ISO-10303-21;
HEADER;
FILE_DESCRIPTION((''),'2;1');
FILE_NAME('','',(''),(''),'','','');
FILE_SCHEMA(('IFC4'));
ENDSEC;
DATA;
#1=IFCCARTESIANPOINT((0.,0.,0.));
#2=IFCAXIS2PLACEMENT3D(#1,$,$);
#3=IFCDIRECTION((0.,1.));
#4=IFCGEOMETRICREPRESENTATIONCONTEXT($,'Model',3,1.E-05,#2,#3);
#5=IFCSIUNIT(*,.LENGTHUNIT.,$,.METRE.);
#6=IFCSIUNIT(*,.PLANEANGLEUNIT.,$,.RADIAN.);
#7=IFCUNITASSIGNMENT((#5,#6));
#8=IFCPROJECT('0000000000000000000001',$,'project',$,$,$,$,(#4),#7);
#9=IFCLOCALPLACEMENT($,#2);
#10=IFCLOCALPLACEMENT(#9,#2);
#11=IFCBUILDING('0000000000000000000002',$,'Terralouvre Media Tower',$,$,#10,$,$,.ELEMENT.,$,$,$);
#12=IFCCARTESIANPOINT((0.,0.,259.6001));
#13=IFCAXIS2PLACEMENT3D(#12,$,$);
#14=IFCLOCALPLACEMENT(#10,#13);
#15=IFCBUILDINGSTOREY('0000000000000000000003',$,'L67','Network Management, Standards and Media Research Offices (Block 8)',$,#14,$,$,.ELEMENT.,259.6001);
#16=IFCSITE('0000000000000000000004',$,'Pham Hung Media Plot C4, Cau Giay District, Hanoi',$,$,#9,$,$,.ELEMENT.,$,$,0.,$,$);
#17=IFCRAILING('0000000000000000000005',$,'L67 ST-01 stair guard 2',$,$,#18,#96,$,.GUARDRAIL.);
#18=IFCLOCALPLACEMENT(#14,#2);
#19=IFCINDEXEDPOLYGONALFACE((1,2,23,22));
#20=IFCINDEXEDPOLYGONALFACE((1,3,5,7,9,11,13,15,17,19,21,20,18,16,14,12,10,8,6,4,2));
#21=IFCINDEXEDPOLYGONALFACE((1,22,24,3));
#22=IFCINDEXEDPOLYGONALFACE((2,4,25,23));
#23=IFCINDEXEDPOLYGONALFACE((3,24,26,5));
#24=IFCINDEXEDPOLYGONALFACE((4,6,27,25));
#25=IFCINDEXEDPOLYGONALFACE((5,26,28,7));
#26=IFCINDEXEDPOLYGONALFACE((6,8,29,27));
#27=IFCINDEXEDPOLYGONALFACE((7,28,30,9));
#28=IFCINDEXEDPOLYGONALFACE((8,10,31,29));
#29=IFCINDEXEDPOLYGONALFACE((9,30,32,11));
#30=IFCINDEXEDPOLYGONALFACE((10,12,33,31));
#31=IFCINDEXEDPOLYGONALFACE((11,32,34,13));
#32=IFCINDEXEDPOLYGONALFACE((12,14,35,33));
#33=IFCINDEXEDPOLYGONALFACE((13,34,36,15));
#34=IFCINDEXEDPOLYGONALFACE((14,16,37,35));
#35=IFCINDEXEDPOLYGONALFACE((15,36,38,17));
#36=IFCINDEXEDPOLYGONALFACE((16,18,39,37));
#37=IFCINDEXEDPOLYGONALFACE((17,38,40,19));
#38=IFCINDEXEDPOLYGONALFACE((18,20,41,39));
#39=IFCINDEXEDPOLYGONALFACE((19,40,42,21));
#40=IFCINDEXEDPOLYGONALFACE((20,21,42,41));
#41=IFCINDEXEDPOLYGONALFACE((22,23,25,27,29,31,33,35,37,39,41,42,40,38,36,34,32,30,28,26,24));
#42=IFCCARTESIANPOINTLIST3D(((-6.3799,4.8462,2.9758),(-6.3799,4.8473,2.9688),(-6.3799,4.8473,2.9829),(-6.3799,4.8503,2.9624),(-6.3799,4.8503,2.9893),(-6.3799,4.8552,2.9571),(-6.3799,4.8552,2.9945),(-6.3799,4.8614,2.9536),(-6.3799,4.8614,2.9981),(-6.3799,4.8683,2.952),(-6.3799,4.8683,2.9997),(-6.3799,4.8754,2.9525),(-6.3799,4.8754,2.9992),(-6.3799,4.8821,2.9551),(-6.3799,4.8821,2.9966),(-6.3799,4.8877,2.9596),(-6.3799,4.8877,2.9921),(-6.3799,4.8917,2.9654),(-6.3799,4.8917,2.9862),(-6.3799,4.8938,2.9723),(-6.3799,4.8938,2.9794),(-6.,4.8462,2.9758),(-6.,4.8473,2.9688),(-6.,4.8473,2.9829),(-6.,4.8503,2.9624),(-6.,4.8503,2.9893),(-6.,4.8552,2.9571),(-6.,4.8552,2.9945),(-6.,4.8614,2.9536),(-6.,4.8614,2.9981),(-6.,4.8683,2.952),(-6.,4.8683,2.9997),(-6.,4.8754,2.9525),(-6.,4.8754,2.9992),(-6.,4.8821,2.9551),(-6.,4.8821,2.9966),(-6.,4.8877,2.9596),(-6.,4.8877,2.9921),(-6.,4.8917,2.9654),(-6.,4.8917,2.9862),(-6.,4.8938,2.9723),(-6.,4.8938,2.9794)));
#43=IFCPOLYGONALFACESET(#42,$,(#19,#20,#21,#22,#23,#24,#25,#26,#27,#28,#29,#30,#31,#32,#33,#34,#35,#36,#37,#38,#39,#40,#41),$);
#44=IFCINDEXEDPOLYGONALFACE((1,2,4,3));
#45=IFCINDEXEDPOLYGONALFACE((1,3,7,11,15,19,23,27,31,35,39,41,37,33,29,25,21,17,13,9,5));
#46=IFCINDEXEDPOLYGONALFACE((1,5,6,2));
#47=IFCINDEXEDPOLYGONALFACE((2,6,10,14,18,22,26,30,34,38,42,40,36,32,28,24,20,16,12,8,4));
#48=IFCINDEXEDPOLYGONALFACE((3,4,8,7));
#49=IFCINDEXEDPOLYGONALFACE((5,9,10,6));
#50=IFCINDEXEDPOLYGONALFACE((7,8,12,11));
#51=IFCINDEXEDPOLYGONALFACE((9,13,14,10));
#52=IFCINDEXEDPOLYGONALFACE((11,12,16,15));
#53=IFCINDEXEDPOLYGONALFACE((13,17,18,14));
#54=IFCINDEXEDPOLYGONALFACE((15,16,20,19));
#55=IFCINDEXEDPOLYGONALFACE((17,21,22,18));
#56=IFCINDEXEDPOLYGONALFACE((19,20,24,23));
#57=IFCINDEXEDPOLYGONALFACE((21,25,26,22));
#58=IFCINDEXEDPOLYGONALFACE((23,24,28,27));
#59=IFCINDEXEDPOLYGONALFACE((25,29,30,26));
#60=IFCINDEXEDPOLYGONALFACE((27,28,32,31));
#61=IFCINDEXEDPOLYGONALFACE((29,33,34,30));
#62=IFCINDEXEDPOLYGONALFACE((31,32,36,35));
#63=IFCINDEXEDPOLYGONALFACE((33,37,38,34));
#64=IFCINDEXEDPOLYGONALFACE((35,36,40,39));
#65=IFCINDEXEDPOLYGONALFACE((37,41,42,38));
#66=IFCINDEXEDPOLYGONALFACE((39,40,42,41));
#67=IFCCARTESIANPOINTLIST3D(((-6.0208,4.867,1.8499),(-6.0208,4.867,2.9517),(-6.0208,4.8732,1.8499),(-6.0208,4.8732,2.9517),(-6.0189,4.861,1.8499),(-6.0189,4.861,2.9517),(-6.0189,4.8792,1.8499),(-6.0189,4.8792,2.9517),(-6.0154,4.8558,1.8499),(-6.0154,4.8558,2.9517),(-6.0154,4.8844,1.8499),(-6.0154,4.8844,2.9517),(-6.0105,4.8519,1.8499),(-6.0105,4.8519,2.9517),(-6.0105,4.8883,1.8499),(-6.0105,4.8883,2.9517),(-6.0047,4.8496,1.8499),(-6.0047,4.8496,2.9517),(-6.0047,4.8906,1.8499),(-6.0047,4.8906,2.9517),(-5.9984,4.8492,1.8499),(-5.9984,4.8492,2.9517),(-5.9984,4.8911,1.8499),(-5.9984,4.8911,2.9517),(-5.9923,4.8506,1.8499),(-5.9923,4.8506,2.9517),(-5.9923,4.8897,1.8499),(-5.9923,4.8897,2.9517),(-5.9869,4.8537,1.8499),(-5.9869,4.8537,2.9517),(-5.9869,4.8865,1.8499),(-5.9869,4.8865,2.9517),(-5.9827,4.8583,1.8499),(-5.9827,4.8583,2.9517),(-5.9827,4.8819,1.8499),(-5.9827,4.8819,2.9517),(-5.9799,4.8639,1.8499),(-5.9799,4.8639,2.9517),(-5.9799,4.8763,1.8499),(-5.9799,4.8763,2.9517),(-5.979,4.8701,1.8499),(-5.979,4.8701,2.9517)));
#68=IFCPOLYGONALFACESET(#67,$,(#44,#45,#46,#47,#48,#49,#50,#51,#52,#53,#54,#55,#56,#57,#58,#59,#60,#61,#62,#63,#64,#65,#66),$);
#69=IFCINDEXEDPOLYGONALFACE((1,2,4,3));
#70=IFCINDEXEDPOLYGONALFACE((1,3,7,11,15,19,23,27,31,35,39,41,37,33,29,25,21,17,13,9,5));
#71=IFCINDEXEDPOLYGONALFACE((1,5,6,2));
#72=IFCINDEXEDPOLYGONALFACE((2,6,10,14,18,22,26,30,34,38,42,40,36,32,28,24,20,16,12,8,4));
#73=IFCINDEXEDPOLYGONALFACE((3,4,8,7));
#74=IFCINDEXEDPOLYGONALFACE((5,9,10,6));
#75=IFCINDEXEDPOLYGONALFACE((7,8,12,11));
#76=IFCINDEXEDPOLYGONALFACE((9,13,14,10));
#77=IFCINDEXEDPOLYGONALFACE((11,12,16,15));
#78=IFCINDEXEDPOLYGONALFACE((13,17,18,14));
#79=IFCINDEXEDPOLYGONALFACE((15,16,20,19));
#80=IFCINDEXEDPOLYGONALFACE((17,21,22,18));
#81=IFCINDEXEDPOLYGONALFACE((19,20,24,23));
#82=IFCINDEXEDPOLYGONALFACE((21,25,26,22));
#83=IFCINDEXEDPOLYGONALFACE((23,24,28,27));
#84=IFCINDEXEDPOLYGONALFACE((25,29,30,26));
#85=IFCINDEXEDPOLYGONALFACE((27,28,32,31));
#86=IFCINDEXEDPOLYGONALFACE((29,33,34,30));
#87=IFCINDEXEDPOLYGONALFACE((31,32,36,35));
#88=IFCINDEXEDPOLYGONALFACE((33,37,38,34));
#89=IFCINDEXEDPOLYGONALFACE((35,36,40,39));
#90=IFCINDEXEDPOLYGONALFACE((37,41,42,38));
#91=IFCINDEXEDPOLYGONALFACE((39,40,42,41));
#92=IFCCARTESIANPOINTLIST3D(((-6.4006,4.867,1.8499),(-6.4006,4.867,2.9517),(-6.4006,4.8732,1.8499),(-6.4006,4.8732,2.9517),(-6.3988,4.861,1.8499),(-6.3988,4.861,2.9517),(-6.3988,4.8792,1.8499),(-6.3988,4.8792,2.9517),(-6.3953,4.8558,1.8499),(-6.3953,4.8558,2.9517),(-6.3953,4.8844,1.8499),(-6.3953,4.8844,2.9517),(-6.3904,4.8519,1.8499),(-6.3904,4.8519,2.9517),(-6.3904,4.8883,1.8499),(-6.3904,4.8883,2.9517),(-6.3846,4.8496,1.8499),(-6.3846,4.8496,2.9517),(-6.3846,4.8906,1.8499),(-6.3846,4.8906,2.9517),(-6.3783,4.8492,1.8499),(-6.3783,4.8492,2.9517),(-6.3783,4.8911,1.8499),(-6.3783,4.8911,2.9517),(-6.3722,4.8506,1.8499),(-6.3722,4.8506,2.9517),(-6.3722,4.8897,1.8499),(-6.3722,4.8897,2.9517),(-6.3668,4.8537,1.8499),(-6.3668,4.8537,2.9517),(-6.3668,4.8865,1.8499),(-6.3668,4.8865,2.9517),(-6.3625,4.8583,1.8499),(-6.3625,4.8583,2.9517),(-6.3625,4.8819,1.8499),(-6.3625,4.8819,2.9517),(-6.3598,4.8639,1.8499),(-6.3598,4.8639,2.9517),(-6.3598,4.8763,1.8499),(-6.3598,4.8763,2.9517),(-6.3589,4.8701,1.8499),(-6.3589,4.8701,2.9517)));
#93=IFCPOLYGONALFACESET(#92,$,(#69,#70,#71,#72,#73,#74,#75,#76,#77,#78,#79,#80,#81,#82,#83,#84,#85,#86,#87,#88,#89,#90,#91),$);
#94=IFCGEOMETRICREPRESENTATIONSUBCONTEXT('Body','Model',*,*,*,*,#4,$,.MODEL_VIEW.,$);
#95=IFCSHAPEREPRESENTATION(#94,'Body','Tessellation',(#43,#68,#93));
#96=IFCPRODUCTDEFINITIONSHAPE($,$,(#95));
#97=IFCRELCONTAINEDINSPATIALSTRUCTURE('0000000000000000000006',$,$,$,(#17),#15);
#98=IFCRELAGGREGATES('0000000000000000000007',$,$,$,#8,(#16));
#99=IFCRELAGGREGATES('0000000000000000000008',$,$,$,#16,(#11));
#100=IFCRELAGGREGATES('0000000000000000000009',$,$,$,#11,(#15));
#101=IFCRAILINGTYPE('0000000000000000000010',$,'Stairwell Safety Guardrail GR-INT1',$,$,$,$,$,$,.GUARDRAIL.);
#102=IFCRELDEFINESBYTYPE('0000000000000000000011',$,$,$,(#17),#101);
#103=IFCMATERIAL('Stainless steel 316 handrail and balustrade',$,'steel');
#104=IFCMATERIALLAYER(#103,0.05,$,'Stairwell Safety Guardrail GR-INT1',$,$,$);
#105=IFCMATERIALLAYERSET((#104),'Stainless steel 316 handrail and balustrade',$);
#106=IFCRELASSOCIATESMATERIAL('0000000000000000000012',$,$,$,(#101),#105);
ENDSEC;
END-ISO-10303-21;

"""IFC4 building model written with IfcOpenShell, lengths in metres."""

from ifc_helpers import new_model, si_unit, direction, frame, origin, origin_2d, place, context, subcontext, project, spatial, circle, extrude, material, layer, layer_set, type_object, element, save


model = new_model("IFC4")

# Units and contexts
model_context = context("Model", 3, precision=1e-05, world=origin(), true_north=direction((0.0, 1.0)))
body_context = subcontext(model_context, "Body", "Model", "MODEL_VIEW")
ifc_project = project(units=[si_unit("LENGTHUNIT", "METRE"), si_unit("PLANEANGLEUNIT", "RADIAN")], contexts=[model_context])

# Site, building, storey
site_placement = place(None, origin())
site = spatial("IfcSite", under=ifc_project, at=site_placement, Name="Pham Hung Media Plot C4, Cau Giay District, Hanoi", CompositionType="ELEMENT", RefElevation=0.0)
building_placement = place(site_placement, origin())
building = spatial("IfcBuilding", under=site, at=building_placement, Name="Terralouvre Media Tower", CompositionType="ELEMENT")
storey_placement = place(building_placement, frame((0.0, 0.0, 259.6001)))
storey = spatial("IfcBuildingStorey", under=building, at=storey_placement, Name="L67", Description="Network Management, Standards and Media Research Offices (Block 8)", CompositionType="ELEMENT", Elevation=259.6001)

# Railing
ifc_material_1 = material(Name="Stainless steel 316 handrail and balustrade", Category="steel")
ifc_layer_1 = layer(ifc_material_1, 0.05, Name="Stairwell Safety Guardrail GR-INT1")
ifc_layer_set_1 = layer_set([ifc_layer_1], Name="Stainless steel 316 handrail and balustrade")
railing_type_1 = type_object("IfcRailingType", Name="Stairwell Safety Guardrail GR-INT1", PredefinedType="GUARDRAIL", material=ifc_layer_set_1)
railing_1_placement = place(storey_placement, frame((-6.0, 4.8701, 1.8499)))
element("IfcRailing", 1, at=railing_1_placement, inside=storey, type_object=railing_type_1, Name="L67 ST-01 stair guard 2", PredefinedType="GUARDRAIL", context=body_context, shape_type="SweptSolid", body=[
    extrude(circle(Radius=0.0239, at=origin_2d()), frame((0.0, 0.0, 1.126), z_axis=(-1.0, 0.0, 0.0), x_axis=(0.0, -1.0, 0.0)), (0.0, 0.0, 1.0), 0.3799),
    extrude(circle(Radius=0.021, at=origin_2d()), origin(), (0.0, 0.0, 1.0), 1.1018),
    extrude(circle(Radius=0.021, at=origin_2d()), frame((-0.3799, 0.0, 0.0)), (0.0, 0.0, 1.0), 1.1018),
])

save(model, "model.ifc")
